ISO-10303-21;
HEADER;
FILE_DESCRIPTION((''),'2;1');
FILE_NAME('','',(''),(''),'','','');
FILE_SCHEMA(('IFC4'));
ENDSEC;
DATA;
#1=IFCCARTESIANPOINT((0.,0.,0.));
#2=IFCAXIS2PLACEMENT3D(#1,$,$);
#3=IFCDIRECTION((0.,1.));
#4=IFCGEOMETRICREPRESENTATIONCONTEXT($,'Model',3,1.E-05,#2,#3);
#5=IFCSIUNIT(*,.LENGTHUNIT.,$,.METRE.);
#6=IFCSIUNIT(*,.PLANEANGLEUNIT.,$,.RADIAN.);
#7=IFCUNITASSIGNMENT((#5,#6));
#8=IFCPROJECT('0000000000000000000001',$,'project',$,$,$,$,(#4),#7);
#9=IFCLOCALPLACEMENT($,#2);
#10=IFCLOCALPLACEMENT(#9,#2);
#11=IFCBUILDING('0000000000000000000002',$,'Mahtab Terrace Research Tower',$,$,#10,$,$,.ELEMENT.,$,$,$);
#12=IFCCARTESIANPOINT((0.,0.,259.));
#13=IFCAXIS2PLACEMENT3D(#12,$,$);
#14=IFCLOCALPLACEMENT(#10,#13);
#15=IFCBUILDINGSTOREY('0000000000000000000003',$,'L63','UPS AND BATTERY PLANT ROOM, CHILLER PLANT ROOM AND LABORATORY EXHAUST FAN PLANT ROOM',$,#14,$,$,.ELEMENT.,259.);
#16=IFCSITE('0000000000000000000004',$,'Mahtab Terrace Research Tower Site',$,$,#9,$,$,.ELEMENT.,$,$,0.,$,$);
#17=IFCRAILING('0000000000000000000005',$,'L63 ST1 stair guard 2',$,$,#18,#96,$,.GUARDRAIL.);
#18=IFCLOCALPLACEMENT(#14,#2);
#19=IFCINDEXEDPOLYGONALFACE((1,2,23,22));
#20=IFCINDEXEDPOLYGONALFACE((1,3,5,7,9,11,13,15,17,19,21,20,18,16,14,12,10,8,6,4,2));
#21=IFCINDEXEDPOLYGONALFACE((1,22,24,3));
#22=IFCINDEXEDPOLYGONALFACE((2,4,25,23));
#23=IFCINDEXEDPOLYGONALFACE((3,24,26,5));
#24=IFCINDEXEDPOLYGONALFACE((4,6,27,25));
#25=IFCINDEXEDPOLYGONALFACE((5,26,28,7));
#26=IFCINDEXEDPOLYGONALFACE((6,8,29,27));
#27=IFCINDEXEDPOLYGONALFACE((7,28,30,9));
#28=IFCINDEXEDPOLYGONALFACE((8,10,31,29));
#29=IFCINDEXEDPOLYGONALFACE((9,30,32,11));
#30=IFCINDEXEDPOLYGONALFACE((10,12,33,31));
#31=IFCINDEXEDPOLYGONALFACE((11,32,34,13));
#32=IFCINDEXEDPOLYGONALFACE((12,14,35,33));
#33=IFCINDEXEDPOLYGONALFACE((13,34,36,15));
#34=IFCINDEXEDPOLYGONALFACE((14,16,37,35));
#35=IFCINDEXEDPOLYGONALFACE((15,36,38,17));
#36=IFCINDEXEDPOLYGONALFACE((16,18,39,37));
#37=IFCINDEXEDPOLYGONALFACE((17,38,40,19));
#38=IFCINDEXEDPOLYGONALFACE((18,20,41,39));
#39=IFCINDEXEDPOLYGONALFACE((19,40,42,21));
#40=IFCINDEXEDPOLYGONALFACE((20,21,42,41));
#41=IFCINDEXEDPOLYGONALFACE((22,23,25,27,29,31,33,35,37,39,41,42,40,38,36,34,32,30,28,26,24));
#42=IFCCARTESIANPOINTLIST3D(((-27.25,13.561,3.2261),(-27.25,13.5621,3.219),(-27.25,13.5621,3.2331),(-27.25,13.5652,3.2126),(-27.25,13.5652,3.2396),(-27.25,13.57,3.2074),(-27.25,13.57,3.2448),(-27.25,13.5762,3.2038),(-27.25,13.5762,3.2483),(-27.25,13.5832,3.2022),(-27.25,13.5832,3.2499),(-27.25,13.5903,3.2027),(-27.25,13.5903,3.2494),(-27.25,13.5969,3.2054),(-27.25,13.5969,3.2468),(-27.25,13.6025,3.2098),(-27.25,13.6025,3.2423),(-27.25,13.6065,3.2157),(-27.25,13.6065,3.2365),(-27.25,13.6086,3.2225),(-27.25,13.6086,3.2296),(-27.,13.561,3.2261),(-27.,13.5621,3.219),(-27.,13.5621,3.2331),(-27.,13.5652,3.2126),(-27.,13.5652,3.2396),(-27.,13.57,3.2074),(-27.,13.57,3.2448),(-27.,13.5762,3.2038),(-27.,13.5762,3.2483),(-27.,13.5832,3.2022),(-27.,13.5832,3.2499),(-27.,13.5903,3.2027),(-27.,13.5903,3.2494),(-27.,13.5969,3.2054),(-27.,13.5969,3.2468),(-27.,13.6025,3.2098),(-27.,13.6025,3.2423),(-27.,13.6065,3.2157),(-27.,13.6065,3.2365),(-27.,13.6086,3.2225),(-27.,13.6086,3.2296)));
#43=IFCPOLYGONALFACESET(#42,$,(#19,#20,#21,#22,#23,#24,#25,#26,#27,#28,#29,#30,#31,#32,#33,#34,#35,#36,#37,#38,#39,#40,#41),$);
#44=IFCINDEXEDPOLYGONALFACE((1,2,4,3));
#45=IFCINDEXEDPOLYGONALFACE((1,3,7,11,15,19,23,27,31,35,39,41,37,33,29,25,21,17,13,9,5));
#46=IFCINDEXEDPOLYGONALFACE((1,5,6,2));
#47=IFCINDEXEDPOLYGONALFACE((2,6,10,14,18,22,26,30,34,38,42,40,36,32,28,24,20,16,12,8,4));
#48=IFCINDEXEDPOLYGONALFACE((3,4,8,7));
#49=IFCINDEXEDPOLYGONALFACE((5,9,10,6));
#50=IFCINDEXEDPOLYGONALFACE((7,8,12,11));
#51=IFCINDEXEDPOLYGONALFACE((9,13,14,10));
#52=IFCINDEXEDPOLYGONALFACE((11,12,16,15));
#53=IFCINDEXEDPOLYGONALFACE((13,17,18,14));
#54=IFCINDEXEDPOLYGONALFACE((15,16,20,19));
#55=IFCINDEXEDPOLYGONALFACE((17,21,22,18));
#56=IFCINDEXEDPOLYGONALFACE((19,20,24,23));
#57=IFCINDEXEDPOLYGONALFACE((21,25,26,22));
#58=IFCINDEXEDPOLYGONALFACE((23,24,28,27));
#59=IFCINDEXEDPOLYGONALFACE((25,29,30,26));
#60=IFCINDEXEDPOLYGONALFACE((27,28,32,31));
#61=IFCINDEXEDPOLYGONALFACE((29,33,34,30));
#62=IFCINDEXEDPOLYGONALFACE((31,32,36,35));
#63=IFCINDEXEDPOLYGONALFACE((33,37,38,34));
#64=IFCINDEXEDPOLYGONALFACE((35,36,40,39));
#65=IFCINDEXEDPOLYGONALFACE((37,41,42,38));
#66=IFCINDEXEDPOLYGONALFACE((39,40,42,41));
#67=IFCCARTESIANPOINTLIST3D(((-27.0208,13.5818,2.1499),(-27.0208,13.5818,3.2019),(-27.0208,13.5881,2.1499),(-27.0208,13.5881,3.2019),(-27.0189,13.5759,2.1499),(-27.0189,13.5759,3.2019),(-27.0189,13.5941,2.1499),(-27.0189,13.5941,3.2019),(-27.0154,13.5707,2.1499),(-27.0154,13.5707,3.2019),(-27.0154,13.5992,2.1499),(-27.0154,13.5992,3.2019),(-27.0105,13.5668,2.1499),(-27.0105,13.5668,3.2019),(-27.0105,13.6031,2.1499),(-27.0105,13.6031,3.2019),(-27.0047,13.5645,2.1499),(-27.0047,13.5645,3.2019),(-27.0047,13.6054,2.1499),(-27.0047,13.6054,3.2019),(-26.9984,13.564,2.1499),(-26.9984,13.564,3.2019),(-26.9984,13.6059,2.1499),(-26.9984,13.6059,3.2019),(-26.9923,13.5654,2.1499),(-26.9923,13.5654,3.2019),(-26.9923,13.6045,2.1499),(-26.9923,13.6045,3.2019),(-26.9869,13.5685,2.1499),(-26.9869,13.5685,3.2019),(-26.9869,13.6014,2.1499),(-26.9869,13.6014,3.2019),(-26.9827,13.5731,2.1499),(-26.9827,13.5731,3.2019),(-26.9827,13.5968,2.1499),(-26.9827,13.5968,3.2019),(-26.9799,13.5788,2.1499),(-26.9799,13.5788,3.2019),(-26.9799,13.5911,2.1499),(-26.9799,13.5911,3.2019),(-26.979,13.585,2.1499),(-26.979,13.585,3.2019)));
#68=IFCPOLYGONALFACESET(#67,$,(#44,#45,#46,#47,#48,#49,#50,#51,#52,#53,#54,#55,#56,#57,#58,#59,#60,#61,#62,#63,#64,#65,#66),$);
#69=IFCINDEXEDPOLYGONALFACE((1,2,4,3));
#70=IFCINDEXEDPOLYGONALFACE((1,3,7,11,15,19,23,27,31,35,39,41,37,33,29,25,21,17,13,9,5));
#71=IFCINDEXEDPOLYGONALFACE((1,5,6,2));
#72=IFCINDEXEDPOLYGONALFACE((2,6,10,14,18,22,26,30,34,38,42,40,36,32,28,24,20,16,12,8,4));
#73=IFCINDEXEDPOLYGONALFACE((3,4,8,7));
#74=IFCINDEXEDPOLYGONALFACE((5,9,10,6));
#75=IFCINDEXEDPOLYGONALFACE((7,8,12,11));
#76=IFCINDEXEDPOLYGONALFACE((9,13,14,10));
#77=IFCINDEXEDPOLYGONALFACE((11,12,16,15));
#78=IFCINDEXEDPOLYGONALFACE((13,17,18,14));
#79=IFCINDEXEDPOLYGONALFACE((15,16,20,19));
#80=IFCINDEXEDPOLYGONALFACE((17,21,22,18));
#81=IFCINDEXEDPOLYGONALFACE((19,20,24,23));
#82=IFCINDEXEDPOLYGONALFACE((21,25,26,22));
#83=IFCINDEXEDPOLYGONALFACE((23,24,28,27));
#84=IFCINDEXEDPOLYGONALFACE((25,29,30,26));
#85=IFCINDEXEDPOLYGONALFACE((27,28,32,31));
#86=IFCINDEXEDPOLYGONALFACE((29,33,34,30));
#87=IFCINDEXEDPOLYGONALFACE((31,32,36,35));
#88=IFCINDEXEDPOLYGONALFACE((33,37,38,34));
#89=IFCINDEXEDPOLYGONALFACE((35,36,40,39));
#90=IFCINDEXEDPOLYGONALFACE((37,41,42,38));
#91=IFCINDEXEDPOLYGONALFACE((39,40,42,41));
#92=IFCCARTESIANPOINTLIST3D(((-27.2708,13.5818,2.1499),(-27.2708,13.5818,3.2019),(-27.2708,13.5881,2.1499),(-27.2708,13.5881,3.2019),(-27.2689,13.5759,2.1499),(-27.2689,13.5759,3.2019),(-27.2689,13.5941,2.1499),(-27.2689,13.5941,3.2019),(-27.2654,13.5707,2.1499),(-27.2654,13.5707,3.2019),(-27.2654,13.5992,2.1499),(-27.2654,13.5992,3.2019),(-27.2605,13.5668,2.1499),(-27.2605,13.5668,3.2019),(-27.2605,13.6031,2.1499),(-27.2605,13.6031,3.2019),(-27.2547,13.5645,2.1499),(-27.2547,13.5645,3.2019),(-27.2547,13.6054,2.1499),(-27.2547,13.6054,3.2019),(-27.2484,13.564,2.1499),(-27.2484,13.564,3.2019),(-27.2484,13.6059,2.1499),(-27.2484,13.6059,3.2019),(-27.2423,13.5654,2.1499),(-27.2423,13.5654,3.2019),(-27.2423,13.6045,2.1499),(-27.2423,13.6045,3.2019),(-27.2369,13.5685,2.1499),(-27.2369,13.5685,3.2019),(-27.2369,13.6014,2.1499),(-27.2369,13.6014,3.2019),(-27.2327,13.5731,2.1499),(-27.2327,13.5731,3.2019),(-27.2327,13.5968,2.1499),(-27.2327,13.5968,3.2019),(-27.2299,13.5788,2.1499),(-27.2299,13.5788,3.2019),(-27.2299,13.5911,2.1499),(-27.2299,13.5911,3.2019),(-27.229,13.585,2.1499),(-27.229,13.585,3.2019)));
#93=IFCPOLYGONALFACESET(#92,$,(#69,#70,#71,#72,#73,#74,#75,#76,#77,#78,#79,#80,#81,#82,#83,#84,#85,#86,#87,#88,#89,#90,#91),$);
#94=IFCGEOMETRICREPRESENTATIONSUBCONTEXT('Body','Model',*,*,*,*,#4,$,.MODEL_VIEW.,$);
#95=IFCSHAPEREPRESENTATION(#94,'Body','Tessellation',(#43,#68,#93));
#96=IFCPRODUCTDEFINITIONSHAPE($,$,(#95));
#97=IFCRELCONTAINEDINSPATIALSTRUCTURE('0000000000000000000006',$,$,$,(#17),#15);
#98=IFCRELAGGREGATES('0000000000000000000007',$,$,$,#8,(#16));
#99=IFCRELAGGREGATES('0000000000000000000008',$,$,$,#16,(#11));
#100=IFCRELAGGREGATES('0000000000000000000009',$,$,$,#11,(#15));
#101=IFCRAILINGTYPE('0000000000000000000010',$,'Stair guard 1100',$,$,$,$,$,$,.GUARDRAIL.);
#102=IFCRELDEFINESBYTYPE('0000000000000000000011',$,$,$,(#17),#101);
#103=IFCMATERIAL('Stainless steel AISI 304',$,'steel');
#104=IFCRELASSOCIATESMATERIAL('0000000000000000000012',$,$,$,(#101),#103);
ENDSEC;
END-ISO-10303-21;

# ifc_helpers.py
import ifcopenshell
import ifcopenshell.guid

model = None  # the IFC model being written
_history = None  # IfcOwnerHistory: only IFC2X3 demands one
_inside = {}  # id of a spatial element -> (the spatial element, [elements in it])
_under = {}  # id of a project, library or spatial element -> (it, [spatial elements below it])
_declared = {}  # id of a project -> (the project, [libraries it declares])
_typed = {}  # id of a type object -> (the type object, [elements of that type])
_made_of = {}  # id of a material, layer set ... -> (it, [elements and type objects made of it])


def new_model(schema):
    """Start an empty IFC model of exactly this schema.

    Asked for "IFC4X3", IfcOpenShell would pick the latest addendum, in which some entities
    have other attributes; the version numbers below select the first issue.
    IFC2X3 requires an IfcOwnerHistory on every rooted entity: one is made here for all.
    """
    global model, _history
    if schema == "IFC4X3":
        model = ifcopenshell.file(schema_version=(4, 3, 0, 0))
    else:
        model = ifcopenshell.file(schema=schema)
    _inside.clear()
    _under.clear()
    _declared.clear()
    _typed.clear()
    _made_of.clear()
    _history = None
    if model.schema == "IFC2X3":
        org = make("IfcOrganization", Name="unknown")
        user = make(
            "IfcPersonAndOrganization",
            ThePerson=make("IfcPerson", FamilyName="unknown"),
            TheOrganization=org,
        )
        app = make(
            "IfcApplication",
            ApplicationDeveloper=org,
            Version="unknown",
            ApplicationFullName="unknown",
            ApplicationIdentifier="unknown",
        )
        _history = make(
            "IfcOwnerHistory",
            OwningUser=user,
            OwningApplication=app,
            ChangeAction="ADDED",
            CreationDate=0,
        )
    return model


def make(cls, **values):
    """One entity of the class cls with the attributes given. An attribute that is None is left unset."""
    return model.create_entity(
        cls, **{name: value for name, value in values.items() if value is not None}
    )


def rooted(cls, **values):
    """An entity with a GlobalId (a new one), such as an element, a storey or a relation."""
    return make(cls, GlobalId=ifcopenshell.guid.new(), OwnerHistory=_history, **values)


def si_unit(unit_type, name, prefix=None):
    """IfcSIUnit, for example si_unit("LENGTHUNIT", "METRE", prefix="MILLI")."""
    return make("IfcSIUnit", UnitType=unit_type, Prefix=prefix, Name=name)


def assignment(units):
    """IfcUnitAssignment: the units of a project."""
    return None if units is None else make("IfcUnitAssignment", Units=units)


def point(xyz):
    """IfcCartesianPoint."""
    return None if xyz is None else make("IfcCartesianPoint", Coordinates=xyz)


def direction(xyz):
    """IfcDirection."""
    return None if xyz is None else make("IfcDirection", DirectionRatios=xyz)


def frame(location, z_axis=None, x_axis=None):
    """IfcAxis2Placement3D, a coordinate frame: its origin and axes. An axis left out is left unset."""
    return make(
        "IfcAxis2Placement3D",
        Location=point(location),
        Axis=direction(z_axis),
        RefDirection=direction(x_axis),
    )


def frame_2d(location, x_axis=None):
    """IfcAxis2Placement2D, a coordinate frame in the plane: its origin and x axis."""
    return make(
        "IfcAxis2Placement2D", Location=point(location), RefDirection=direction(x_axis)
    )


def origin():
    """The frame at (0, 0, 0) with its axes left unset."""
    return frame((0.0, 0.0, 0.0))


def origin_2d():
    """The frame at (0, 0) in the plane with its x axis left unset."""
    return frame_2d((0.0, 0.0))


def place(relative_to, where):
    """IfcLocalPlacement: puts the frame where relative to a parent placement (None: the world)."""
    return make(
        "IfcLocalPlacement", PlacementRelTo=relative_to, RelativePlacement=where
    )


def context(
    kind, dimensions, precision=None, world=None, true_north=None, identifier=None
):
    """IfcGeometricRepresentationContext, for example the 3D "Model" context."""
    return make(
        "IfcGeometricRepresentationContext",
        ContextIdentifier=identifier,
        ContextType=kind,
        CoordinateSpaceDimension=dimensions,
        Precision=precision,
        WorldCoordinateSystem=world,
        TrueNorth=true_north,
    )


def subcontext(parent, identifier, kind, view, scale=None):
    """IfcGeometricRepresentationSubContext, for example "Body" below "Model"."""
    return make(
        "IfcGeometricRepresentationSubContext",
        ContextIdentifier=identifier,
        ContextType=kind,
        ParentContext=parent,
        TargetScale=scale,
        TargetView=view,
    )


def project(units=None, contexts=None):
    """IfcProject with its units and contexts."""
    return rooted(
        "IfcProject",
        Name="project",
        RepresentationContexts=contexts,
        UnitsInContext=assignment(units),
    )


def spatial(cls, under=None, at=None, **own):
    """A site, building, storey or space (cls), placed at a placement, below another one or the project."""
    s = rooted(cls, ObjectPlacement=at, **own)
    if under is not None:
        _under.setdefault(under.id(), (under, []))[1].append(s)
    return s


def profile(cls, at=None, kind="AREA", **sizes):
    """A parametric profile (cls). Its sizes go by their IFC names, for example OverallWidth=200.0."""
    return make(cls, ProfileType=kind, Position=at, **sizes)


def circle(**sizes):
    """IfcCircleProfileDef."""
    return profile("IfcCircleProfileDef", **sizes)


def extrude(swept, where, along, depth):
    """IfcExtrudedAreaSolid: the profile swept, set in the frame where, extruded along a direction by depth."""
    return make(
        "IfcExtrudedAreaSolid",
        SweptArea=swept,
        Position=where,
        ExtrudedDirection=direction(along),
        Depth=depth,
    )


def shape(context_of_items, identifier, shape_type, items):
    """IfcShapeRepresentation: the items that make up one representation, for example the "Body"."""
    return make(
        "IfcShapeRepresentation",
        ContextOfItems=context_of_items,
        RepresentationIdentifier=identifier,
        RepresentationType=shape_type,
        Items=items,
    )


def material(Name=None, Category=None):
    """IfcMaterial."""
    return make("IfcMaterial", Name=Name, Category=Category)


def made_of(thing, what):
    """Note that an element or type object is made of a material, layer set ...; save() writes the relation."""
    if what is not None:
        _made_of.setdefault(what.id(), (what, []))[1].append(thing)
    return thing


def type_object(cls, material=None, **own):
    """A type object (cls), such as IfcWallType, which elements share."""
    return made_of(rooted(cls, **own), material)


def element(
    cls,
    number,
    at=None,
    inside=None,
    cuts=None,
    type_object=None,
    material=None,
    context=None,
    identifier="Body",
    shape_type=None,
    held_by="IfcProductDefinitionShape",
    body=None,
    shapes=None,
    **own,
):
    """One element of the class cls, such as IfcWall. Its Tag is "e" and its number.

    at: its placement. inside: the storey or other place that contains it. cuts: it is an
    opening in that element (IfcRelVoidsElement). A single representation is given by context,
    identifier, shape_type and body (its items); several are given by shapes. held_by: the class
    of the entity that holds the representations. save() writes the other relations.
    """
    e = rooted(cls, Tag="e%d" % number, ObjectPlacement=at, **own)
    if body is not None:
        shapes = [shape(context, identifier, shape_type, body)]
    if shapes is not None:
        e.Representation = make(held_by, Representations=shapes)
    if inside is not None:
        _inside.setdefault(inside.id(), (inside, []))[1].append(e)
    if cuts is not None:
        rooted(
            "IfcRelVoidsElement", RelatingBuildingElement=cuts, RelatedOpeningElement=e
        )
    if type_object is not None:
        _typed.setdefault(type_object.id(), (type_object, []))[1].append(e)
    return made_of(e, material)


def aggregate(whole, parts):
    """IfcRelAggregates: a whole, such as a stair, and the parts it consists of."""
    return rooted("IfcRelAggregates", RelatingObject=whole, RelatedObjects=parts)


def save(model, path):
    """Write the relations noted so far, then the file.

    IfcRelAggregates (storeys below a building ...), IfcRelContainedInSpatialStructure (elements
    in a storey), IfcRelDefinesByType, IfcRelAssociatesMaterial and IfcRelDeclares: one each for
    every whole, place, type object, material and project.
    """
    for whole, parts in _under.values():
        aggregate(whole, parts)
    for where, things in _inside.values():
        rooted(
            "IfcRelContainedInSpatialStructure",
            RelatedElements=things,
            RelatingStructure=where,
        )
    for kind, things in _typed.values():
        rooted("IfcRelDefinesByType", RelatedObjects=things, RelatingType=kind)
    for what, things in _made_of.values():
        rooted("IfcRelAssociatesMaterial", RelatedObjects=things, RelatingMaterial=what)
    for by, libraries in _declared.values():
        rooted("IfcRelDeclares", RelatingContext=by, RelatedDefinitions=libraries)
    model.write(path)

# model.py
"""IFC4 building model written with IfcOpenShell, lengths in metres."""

from ifc_helpers import new_model, si_unit, direction, frame, origin, origin_2d, place, context, subcontext, project, spatial, circle, extrude, material, type_object, element, save


model = new_model("IFC4")

# Units and contexts
model_context = context("Model", 3, precision=1e-05, world=origin(), true_north=direction((0.0, 1.0)))
body_context = subcontext(model_context, "Body", "Model", "MODEL_VIEW")
ifc_project = project(units=[si_unit("LENGTHUNIT", "METRE"), si_unit("PLANEANGLEUNIT", "RADIAN")], contexts=[model_context])

# Site, building, storey
site_placement = place(None, origin())
site = spatial("IfcSite", under=ifc_project, at=site_placement, Name="Mahtab Terrace Research Tower Site", CompositionType="ELEMENT", RefElevation=0.0)
building_placement = place(site_placement, origin())
building = spatial("IfcBuilding", under=site, at=building_placement, Name="Mahtab Terrace Research Tower", CompositionType="ELEMENT")
storey_placement = place(building_placement, frame((0.0, 0.0, 259.0)))
storey = spatial("IfcBuildingStorey", under=building, at=storey_placement, Name="L63", Description="UPS AND BATTERY PLANT ROOM, CHILLER PLANT ROOM AND LABORATORY EXHAUST FAN PLANT ROOM", CompositionType="ELEMENT", Elevation=259.0)

# Railing
ifc_material_1 = material(Name="Stainless steel AISI 304", Category="steel")
railing_type_1 = type_object("IfcRailingType", Name="Stair guard 1100", PredefinedType="GUARDRAIL", material=ifc_material_1)
railing_1_placement = place(storey_placement, frame((-27.0, 13.585, 2.1499)))
element("IfcRailing", 1, at=railing_1_placement, inside=storey, type_object=railing_type_1, Name="L63 ST1 stair guard 2", PredefinedType="GUARDRAIL", context=body_context, shape_type="SweptSolid", body=[
    extrude(circle(Radius=0.0239, at=origin_2d()), frame((0.0, 0.0, 1.0762), z_axis=(-1.0, 0.0, 0.0), x_axis=(0.0, -1.0, 0.0)), (0.0, 0.0, 1.0), 0.25),
    extrude(circle(Radius=0.021, at=origin_2d()), origin(), (0.0, 0.0, 1.0), 1.052),
    extrude(circle(Radius=0.021, at=origin_2d()), frame((-0.25, 0.0, 0.0)), (0.0, 0.0, 1.0), 1.052),
])

save(model, "model.ifc")
